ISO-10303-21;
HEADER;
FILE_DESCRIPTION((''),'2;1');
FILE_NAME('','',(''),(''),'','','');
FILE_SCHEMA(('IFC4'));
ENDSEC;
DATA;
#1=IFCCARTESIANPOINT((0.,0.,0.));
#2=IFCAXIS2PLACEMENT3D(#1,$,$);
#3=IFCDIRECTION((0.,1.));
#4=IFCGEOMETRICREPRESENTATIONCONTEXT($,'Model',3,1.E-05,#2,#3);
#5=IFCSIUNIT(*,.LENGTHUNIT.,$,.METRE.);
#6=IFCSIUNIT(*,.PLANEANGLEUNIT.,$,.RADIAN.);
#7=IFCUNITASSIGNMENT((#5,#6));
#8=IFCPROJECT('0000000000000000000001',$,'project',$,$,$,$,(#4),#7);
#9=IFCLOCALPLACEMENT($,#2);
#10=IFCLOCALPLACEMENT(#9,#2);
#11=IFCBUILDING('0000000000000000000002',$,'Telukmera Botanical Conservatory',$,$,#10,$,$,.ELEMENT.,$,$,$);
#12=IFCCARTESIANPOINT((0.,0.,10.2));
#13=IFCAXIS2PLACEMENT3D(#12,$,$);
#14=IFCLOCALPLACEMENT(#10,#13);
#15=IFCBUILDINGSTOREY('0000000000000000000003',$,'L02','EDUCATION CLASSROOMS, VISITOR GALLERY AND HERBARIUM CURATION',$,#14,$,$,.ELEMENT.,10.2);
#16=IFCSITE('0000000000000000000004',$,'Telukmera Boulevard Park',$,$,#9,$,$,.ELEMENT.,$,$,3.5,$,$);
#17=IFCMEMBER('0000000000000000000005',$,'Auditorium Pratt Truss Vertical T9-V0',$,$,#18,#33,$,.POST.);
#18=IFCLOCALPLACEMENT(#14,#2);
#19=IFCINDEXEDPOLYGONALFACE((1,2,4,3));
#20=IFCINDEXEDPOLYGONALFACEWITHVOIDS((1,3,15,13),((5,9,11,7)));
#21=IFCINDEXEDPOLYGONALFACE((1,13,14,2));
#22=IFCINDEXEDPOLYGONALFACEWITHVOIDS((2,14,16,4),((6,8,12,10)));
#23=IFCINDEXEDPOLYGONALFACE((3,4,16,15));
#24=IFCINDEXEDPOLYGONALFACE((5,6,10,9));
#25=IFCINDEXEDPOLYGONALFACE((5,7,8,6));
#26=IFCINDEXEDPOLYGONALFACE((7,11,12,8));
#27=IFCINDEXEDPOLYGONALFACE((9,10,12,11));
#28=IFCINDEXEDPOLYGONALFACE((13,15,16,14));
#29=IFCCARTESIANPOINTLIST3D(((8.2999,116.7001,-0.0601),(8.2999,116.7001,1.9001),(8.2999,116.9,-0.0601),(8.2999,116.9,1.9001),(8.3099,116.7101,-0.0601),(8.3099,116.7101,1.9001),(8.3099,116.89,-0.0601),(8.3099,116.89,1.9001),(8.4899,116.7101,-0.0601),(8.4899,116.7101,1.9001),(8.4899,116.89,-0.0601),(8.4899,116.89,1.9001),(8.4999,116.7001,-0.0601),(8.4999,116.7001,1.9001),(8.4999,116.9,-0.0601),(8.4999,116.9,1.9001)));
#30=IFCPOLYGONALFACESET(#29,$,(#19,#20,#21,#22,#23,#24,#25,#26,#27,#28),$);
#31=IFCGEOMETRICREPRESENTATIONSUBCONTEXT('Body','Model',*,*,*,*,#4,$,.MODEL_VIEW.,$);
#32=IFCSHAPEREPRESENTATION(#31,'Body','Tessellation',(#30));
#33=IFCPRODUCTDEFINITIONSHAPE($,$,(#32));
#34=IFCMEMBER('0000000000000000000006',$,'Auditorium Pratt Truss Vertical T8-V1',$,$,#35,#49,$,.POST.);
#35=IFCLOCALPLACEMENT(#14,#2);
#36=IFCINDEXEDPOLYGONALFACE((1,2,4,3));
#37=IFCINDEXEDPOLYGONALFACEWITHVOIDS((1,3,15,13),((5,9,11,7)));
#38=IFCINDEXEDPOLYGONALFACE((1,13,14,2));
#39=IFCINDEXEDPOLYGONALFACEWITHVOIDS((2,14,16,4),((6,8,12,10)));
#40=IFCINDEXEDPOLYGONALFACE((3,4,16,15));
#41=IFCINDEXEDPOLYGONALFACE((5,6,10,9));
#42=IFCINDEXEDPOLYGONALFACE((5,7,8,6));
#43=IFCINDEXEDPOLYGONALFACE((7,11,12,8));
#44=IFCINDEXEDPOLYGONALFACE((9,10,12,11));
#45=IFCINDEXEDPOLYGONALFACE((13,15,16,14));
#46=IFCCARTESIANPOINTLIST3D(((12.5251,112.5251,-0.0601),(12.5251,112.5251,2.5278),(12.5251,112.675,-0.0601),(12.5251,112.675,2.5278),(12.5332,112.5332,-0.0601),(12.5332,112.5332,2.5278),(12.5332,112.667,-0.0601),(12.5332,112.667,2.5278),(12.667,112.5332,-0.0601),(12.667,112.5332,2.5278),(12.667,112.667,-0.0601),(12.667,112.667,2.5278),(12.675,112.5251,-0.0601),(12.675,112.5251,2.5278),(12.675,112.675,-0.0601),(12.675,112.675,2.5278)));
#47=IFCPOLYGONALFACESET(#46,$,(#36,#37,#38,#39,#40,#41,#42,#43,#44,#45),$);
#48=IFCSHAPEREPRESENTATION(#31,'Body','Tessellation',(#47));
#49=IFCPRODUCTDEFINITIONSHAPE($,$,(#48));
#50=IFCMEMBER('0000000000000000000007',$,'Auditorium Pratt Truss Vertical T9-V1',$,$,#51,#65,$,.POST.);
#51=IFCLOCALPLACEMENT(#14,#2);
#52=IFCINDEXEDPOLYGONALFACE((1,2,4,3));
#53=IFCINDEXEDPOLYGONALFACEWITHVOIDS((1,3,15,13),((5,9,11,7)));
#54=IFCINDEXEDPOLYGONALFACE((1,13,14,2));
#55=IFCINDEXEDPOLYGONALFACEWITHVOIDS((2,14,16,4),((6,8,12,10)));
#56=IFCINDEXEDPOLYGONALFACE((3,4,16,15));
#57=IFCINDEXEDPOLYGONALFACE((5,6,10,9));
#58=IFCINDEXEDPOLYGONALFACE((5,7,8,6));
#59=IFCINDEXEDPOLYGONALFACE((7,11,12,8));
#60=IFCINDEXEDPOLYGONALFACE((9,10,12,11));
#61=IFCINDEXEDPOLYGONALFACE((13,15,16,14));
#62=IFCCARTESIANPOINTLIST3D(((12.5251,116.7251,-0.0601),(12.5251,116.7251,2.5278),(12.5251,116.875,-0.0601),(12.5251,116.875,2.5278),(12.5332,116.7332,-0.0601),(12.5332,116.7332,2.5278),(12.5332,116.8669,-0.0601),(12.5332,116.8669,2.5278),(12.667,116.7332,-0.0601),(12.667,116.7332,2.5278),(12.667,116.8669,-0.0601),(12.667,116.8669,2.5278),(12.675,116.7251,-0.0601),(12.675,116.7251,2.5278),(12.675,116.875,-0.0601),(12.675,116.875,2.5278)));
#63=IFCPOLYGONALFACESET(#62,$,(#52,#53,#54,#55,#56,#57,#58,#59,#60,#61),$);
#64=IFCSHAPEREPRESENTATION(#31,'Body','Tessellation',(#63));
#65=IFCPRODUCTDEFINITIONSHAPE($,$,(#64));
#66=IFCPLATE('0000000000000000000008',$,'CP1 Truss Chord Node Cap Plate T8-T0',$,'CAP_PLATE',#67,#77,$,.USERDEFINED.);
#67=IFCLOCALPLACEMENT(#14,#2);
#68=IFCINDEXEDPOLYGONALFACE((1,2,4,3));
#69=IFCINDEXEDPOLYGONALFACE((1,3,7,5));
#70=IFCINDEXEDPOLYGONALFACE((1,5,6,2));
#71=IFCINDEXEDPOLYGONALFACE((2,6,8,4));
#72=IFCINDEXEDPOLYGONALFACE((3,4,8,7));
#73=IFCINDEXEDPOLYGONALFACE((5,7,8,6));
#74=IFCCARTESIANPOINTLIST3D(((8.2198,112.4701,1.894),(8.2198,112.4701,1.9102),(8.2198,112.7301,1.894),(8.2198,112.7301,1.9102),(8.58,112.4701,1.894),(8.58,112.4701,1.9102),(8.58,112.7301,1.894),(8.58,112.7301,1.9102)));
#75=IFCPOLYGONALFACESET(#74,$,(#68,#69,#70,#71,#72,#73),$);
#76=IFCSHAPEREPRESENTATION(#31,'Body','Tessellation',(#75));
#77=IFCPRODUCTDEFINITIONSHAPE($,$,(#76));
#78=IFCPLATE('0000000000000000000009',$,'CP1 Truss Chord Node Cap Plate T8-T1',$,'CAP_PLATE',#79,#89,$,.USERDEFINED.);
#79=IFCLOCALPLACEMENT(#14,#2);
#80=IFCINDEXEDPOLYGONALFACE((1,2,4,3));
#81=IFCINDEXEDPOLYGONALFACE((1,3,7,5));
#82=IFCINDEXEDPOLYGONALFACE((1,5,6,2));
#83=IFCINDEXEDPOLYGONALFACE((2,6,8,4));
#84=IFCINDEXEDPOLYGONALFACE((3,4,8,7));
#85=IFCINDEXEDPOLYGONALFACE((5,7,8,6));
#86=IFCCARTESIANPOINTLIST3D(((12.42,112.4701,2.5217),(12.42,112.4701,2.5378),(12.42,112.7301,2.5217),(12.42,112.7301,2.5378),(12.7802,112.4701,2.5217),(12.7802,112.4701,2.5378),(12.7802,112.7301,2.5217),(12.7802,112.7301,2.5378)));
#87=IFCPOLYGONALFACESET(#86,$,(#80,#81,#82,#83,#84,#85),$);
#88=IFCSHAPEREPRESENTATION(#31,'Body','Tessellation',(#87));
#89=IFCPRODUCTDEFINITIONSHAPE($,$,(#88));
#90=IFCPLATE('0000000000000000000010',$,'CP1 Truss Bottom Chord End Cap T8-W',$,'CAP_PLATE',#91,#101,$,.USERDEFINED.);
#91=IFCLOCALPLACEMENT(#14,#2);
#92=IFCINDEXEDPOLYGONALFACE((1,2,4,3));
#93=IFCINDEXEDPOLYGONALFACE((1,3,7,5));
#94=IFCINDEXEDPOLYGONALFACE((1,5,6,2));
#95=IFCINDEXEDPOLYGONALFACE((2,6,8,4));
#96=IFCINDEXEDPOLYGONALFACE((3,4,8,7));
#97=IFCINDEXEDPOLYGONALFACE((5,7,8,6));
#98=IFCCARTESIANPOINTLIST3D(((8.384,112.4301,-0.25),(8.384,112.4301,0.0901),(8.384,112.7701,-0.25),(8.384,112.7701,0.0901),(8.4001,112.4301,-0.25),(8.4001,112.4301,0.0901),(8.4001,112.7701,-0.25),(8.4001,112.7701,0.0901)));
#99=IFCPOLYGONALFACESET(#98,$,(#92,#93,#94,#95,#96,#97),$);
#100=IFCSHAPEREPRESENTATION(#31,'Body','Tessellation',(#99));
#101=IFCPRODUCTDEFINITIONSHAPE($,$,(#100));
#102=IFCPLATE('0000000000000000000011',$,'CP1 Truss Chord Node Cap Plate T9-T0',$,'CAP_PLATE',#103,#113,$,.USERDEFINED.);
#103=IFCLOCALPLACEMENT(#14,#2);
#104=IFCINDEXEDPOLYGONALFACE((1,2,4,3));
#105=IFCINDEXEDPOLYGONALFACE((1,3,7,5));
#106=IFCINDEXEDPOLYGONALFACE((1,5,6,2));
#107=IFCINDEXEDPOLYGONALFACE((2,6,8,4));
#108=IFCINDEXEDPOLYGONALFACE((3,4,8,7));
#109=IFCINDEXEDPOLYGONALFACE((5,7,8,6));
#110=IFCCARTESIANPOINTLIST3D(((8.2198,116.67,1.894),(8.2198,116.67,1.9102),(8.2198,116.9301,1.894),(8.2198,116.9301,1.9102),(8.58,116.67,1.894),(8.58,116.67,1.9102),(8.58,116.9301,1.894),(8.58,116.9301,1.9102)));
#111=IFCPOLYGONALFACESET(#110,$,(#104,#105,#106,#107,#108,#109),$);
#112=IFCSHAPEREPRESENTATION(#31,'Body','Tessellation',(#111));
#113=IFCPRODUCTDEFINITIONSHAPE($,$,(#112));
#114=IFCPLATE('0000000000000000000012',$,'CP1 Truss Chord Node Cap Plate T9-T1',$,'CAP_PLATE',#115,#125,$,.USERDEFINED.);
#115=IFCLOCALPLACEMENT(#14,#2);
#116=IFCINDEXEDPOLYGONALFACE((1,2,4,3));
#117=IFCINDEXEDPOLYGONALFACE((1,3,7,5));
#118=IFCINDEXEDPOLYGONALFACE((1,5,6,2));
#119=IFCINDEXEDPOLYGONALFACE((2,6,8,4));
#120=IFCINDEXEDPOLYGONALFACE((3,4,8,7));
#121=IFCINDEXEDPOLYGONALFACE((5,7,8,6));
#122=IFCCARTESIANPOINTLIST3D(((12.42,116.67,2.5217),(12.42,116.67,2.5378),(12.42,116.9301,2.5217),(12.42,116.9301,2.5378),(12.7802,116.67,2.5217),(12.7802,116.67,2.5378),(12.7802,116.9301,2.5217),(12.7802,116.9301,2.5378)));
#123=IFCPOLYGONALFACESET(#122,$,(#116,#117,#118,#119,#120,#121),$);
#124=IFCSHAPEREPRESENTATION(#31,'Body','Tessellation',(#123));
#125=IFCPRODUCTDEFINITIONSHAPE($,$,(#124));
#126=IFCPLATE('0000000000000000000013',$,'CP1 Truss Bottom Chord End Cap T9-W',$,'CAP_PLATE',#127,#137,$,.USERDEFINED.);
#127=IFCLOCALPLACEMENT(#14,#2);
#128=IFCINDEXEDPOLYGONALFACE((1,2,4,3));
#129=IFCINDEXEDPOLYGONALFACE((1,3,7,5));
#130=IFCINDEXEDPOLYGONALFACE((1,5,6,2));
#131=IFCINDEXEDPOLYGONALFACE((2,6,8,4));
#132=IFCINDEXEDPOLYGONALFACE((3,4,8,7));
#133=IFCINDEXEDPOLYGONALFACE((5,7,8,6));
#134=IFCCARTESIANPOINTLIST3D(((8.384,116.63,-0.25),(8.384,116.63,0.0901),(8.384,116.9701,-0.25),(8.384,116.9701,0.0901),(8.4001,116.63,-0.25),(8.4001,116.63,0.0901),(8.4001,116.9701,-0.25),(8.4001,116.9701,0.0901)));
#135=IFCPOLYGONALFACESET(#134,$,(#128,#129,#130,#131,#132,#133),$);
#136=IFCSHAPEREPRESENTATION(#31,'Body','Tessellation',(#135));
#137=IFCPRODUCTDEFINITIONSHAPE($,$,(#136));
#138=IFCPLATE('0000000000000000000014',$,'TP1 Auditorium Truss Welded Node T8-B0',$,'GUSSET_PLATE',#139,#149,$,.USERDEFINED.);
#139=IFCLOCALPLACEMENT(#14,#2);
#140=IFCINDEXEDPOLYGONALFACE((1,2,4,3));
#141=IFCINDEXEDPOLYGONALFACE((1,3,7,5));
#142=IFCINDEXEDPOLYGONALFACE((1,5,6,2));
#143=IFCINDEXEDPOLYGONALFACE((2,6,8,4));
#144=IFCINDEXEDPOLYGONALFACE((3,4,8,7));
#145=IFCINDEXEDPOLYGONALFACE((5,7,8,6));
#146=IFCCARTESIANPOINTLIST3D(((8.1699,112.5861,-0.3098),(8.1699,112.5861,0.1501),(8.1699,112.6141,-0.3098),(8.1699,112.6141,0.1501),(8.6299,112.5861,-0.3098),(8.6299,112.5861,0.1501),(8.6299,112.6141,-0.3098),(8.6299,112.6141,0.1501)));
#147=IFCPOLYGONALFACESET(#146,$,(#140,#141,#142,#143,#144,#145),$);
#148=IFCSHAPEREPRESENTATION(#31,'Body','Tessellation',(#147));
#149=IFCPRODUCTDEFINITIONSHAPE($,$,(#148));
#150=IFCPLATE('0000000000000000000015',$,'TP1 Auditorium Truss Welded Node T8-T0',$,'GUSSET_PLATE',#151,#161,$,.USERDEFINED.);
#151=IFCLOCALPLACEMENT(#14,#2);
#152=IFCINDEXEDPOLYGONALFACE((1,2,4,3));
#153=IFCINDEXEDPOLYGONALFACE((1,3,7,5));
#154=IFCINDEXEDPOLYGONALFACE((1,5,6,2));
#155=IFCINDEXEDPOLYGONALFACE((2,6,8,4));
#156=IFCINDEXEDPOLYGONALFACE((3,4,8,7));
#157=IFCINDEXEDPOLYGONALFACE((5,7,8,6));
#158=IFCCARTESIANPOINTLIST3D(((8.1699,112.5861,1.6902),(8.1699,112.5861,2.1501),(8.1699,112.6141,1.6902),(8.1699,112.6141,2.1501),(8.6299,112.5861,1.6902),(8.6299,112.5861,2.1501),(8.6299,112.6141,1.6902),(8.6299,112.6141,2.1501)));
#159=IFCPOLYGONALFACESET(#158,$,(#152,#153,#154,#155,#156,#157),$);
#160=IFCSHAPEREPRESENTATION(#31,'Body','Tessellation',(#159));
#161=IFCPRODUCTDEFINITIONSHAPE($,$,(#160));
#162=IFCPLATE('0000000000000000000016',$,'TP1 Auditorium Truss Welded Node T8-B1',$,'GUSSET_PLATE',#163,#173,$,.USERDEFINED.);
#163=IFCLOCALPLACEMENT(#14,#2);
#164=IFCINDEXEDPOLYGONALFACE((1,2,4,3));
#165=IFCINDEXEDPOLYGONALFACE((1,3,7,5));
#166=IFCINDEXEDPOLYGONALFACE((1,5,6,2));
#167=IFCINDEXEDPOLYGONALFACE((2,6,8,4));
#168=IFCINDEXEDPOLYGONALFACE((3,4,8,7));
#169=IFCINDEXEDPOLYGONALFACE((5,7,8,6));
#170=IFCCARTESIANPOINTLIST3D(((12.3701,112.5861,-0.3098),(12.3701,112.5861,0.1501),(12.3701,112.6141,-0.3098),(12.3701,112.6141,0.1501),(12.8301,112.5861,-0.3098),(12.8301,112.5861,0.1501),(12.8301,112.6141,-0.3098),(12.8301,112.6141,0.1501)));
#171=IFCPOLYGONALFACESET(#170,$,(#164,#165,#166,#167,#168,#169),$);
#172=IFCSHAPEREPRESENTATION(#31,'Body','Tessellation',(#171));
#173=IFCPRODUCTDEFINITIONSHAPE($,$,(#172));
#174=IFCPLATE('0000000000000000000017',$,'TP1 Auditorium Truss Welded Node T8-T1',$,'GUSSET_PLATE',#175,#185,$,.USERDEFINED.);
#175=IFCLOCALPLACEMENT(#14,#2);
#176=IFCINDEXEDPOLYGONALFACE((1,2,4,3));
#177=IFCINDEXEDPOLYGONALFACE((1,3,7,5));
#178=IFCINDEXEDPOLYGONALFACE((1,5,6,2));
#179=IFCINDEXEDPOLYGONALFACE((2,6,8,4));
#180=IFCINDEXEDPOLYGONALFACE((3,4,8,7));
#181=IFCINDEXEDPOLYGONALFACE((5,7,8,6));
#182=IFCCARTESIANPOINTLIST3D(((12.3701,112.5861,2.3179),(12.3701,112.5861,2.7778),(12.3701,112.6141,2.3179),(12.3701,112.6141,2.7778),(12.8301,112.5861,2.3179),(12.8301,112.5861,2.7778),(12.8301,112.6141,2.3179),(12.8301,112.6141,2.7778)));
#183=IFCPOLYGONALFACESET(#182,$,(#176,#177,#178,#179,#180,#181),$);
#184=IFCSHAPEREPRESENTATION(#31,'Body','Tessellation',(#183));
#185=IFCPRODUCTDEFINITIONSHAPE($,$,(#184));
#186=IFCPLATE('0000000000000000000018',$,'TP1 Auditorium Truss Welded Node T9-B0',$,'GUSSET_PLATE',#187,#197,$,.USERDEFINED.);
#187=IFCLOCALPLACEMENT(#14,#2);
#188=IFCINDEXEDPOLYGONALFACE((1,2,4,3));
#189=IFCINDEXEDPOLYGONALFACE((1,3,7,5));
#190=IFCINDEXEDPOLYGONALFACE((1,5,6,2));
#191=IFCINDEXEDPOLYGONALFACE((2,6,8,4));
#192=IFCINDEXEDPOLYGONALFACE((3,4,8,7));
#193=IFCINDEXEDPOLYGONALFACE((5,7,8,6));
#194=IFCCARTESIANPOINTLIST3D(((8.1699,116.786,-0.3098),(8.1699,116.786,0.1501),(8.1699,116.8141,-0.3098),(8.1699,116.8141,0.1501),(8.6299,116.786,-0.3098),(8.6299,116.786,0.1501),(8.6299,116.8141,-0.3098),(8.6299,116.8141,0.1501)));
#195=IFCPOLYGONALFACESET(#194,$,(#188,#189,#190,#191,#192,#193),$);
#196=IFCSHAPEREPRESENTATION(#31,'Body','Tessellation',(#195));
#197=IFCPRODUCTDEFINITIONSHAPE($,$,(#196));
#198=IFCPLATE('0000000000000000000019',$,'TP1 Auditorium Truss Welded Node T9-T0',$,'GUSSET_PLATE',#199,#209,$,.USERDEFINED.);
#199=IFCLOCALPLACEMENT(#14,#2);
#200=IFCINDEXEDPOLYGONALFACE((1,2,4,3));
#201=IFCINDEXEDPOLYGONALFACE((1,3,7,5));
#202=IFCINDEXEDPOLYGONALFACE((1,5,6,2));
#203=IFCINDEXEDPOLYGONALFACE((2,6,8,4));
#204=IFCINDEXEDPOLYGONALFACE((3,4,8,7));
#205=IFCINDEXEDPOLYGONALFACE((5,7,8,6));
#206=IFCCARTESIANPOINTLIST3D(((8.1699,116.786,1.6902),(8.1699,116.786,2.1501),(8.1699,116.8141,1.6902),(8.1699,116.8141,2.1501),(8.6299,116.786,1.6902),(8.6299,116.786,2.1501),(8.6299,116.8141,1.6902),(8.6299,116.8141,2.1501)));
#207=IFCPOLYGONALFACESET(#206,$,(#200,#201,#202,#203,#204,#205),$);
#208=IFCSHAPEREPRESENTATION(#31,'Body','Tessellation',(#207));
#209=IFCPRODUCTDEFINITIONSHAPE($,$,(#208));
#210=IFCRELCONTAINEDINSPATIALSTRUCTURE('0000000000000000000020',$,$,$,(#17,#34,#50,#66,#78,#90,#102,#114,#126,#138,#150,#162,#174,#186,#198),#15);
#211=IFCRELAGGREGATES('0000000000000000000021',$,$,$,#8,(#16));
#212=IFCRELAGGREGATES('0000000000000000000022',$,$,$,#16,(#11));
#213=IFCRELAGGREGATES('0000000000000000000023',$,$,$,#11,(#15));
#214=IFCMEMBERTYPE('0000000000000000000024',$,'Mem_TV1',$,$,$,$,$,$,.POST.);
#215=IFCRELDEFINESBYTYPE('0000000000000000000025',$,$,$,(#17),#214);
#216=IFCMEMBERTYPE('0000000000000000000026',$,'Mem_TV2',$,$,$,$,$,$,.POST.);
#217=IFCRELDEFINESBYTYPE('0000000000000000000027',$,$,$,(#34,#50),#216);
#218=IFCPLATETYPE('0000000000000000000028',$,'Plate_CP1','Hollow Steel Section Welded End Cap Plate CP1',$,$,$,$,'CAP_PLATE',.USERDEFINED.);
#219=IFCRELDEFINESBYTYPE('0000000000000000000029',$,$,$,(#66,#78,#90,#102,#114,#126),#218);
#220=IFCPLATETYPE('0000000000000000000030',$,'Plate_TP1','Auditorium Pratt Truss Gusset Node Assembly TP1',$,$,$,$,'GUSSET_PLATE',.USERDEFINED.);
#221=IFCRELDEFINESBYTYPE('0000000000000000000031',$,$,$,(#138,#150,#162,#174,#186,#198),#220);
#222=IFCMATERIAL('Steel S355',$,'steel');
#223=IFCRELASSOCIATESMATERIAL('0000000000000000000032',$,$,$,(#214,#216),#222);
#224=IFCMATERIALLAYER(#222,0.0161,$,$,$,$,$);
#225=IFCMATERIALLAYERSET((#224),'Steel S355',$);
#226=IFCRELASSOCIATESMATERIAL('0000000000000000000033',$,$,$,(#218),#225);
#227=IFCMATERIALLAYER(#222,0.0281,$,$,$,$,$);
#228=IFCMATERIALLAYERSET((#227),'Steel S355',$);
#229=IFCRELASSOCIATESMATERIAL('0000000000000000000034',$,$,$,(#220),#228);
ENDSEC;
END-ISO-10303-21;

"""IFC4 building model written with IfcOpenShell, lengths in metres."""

from ifc_helpers import new_model, si_unit, direction, frame, origin, origin_2d, place, context, subcontext, project, spatial, rectangle, hollow_rectangle, extrude, material, layer, layer_set, material_profile, profile_set, type_object, element, save


model = new_model("IFC4")

# Units and contexts
model_context = context("Model", 3, precision=1e-05, world=origin(), true_north=direction((0.0, 1.0)))
body_context = subcontext(model_context, "Body", "Model", "MODEL_VIEW")
ifc_project = project(units=[si_unit("LENGTHUNIT", "METRE"), si_unit("PLANEANGLEUNIT", "RADIAN")], contexts=[model_context])

# Site, building, storey
site_placement = place(None, origin())
site = spatial("IfcSite", under=ifc_project, at=site_placement, Name="Telukmera Boulevard Park", CompositionType="ELEMENT", RefElevation=3.5)
building_placement = place(site_placement, origin())
building = spatial("IfcBuilding", under=site, at=building_placement, Name="Telukmera Botanical Conservatory", CompositionType="ELEMENT")
storey_placement = place(building_placement, frame((0.0, 0.0, 10.2)))
storey = spatial("IfcBuildingStorey", under=building, at=storey_placement, Name="L02", Description="EDUCATION CLASSROOMS, VISITOR GALLERY AND HERBARIUM CURATION", CompositionType="ELEMENT", Elevation=10.2)

# Members
ifc_material_1 = material(Name="Steel S355", Category="steel")
ifc_material_profile_1 = material_profile(ifc_material_1, hollow_rectangle(XDim=0.2, YDim=0.2, WallThickness=0.01, at=origin_2d()), Name="SHS 200x200x10.0")
ifc_profile_set_1 = profile_set([ifc_material_profile_1], Name="Steel S355")
member_type_1 = type_object("IfcMemberType", Name="Mem_TV1", PredefinedType="POST", material=ifc_profile_set_1)
for number, where, z_axis, x_axis, name in (
    (1, (8.3999, 116.8, -0.0601), (0.0, 0.0, 1.0), (1.0, 0.0, 0.0), "Auditorium Pratt Truss Vertical T9-V0"),
):
    element("IfcMember", number, at=place(storey_placement, frame(where, z_axis=z_axis, x_axis=x_axis)), inside=storey, type_object=member_type_1, Name=name, PredefinedType="POST", context=body_context, shape_type="SweptSolid", body=[
        extrude(hollow_rectangle(XDim=0.2, YDim=0.2, WallThickness=0.01, at=origin_2d()), origin(), (0.0, 0.0, 1.0), 1.9602),
    ])
ifc_material_profile_2 = material_profile(ifc_material_1, hollow_rectangle(XDim=0.1499, YDim=0.1499, WallThickness=0.0081, at=origin_2d()), Name="SHS 150x150x8.0")
ifc_profile_set_2 = profile_set([ifc_material_profile_2], Name="Steel S355")
member_type_2 = type_object("IfcMemberType", Name="Mem_TV2", PredefinedType="POST", material=ifc_profile_set_2)
for number, where, z_axis, x_axis, name in (
    (2, (12.6001, 112.6001, -0.0601), (0.0, 0.0, 1.0), (1.0, 0.0, 0.0), "Auditorium Pratt Truss Vertical T8-V1"),
    (3, (12.6001, 116.8, -0.0601), (0.0, 0.0, 1.0), (1.0, 0.0, 0.0), "Auditorium Pratt Truss Vertical T9-V1"),
):
    element("IfcMember", number, at=place(storey_placement, frame(where, z_axis=z_axis, x_axis=x_axis)), inside=storey, type_object=member_type_2, Name=name, PredefinedType="POST", context=body_context, shape_type="SweptSolid", body=[
        extrude(hollow_rectangle(XDim=0.1499, YDim=0.1499, WallThickness=0.0081, at=origin_2d()), origin(), (0.0, 0.0, 1.0), 2.5879),
    ])

# Plates
ifc_layer_1 = layer(ifc_material_1, 0.0161)
ifc_layer_set_1 = layer_set([ifc_layer_1], Name="Steel S355")
plate_type_1 = type_object("IfcPlateType", Name="Plate_CP1", Description="Hollow Steel Section Welded End Cap Plate CP1", ElementType="CAP_PLATE", PredefinedType="USERDEFINED", material=ifc_layer_set_1)
for number, where, z_axis, x_axis, name in (
    (4, (8.3999, 112.6001, 1.894), (0.0, 0.0, 1.0), (1.0, 0.0, 0.0), "CP1 Truss Chord Node Cap Plate T8-T0"),
    (5, (12.6001, 112.6001, 2.5217), (0.0, 0.0, 1.0), (1.0, 0.0, 0.0), "CP1 Truss Chord Node Cap Plate T8-T1"),
):
    element("IfcPlate", number, at=place(storey_placement, frame(where, z_axis=z_axis, x_axis=x_axis)), inside=storey, type_object=plate_type_1, Name=name, ObjectType="CAP_PLATE", PredefinedType="USERDEFINED", context=body_context, shape_type="SweptSolid", body=[
        extrude(rectangle(XDim=0.3601, YDim=0.26, at=origin_2d()), origin(), (0.0, 0.0, 1.0), 0.0161),
    ])
plate_1_placement = place(storey_placement, frame((8.3921, 112.6001, -0.25), z_axis=(0.0, 0.0, 1.0), x_axis=(1.0, 0.0, 0.0)))
element("IfcPlate", 6, at=plate_1_placement, inside=storey, type_object=plate_type_1, Name="CP1 Truss Bottom Chord End Cap T8-W", ObjectType="CAP_PLATE", PredefinedType="USERDEFINED", context=body_context, shape_type="SweptSolid", body=[
    extrude(rectangle(XDim=0.0161, YDim=0.3401, at=origin_2d()), origin(), (0.0, 0.0, 1.0), 0.3401),
])
for number, where, z_axis, x_axis, name in (
    (7, (8.3999, 116.8, 1.894), (0.0, 0.0, 1.0), (1.0, 0.0, 0.0), "CP1 Truss Chord Node Cap Plate T9-T0"),
    (8, (12.6001, 116.8, 2.5217), (0.0, 0.0, 1.0), (1.0, 0.0, 0.0), "CP1 Truss Chord Node Cap Plate T9-T1"),
):
    element("IfcPlate", number, at=place(storey_placement, frame(where, z_axis=z_axis, x_axis=x_axis)), inside=storey, type_object=plate_type_1, Name=name, ObjectType="CAP_PLATE", PredefinedType="USERDEFINED", context=body_context, shape_type="SweptSolid", body=[
        extrude(rectangle(XDim=0.3601, YDim=0.26, at=origin_2d()), origin(), (0.0, 0.0, 1.0), 0.0161),
    ])
plate_2_placement = place(storey_placement, frame((8.3921, 116.8, -0.25), z_axis=(0.0, 0.0, 1.0), x_axis=(1.0, 0.0, 0.0)))
element("IfcPlate", 9, at=plate_2_placement, inside=storey, type_object=plate_type_1, Name="CP1 Truss Bottom Chord End Cap T9-W", ObjectType="CAP_PLATE", PredefinedType="USERDEFINED", context=body_context, shape_type="SweptSolid", body=[
    extrude(rectangle(XDim=0.0161, YDim=0.3401, at=origin_2d()), origin(), (0.0, 0.0, 1.0), 0.3401),
])
ifc_layer_2 = layer(ifc_material_1, 0.0281)
ifc_layer_set_2 = layer_set([ifc_layer_2], Name="Steel S355")
plate_type_2 = type_object("IfcPlateType", Name="Plate_TP1", Description="Auditorium Pratt Truss Gusset Node Assembly TP1", ElementType="GUSSET_PLATE", PredefinedType="USERDEFINED", material=ifc_layer_set_2)
for number, where, z_axis, x_axis, name in (
    (10, (8.3999, 112.6001, -0.3098), (0.0, 0.0, 1.0), (1.0, 0.0, 0.0), "TP1 Auditorium Truss Welded Node T8-B0"),
    (11, (8.3999, 112.6001, 1.6902), (0.0, 0.0, 1.0), (1.0, 0.0, 0.0), "TP1 Auditorium Truss Welded Node T8-T0"),
    (12, (12.6001, 112.6001, -0.3098), (0.0, 0.0, 1.0), (1.0, 0.0, 0.0), "TP1 Auditorium Truss Welded Node T8-B1"),
    (13, (12.6001, 112.6001, 2.3179), (0.0, 0.0, 1.0), (1.0, 0.0, 0.0), "TP1 Auditorium Truss Welded Node T8-T1"),
    (14, (8.3999, 116.8, -0.3098), (0.0, 0.0, 1.0), (1.0, 0.0, 0.0), "TP1 Auditorium Truss Welded Node T9-B0"),
    (15, (8.3999, 116.8, 1.6902), (0.0, 0.0, 1.0), (1.0, 0.0, 0.0), "TP1 Auditorium Truss Welded Node T9-T0"),
):
    element("IfcPlate", number, at=place(storey_placement, frame(where, z_axis=z_axis, x_axis=x_axis)), inside=storey, type_object=plate_type_2, Name=name, ObjectType="GUSSET_PLATE", PredefinedType="USERDEFINED", context=body_context, shape_type="SweptSolid", body=[
        extrude(rectangle(XDim=0.46, YDim=0.0281, at=origin_2d()), origin(), (0.0, 0.0, 1.0), 0.46),
    ])

save(model, "model.ifc")
